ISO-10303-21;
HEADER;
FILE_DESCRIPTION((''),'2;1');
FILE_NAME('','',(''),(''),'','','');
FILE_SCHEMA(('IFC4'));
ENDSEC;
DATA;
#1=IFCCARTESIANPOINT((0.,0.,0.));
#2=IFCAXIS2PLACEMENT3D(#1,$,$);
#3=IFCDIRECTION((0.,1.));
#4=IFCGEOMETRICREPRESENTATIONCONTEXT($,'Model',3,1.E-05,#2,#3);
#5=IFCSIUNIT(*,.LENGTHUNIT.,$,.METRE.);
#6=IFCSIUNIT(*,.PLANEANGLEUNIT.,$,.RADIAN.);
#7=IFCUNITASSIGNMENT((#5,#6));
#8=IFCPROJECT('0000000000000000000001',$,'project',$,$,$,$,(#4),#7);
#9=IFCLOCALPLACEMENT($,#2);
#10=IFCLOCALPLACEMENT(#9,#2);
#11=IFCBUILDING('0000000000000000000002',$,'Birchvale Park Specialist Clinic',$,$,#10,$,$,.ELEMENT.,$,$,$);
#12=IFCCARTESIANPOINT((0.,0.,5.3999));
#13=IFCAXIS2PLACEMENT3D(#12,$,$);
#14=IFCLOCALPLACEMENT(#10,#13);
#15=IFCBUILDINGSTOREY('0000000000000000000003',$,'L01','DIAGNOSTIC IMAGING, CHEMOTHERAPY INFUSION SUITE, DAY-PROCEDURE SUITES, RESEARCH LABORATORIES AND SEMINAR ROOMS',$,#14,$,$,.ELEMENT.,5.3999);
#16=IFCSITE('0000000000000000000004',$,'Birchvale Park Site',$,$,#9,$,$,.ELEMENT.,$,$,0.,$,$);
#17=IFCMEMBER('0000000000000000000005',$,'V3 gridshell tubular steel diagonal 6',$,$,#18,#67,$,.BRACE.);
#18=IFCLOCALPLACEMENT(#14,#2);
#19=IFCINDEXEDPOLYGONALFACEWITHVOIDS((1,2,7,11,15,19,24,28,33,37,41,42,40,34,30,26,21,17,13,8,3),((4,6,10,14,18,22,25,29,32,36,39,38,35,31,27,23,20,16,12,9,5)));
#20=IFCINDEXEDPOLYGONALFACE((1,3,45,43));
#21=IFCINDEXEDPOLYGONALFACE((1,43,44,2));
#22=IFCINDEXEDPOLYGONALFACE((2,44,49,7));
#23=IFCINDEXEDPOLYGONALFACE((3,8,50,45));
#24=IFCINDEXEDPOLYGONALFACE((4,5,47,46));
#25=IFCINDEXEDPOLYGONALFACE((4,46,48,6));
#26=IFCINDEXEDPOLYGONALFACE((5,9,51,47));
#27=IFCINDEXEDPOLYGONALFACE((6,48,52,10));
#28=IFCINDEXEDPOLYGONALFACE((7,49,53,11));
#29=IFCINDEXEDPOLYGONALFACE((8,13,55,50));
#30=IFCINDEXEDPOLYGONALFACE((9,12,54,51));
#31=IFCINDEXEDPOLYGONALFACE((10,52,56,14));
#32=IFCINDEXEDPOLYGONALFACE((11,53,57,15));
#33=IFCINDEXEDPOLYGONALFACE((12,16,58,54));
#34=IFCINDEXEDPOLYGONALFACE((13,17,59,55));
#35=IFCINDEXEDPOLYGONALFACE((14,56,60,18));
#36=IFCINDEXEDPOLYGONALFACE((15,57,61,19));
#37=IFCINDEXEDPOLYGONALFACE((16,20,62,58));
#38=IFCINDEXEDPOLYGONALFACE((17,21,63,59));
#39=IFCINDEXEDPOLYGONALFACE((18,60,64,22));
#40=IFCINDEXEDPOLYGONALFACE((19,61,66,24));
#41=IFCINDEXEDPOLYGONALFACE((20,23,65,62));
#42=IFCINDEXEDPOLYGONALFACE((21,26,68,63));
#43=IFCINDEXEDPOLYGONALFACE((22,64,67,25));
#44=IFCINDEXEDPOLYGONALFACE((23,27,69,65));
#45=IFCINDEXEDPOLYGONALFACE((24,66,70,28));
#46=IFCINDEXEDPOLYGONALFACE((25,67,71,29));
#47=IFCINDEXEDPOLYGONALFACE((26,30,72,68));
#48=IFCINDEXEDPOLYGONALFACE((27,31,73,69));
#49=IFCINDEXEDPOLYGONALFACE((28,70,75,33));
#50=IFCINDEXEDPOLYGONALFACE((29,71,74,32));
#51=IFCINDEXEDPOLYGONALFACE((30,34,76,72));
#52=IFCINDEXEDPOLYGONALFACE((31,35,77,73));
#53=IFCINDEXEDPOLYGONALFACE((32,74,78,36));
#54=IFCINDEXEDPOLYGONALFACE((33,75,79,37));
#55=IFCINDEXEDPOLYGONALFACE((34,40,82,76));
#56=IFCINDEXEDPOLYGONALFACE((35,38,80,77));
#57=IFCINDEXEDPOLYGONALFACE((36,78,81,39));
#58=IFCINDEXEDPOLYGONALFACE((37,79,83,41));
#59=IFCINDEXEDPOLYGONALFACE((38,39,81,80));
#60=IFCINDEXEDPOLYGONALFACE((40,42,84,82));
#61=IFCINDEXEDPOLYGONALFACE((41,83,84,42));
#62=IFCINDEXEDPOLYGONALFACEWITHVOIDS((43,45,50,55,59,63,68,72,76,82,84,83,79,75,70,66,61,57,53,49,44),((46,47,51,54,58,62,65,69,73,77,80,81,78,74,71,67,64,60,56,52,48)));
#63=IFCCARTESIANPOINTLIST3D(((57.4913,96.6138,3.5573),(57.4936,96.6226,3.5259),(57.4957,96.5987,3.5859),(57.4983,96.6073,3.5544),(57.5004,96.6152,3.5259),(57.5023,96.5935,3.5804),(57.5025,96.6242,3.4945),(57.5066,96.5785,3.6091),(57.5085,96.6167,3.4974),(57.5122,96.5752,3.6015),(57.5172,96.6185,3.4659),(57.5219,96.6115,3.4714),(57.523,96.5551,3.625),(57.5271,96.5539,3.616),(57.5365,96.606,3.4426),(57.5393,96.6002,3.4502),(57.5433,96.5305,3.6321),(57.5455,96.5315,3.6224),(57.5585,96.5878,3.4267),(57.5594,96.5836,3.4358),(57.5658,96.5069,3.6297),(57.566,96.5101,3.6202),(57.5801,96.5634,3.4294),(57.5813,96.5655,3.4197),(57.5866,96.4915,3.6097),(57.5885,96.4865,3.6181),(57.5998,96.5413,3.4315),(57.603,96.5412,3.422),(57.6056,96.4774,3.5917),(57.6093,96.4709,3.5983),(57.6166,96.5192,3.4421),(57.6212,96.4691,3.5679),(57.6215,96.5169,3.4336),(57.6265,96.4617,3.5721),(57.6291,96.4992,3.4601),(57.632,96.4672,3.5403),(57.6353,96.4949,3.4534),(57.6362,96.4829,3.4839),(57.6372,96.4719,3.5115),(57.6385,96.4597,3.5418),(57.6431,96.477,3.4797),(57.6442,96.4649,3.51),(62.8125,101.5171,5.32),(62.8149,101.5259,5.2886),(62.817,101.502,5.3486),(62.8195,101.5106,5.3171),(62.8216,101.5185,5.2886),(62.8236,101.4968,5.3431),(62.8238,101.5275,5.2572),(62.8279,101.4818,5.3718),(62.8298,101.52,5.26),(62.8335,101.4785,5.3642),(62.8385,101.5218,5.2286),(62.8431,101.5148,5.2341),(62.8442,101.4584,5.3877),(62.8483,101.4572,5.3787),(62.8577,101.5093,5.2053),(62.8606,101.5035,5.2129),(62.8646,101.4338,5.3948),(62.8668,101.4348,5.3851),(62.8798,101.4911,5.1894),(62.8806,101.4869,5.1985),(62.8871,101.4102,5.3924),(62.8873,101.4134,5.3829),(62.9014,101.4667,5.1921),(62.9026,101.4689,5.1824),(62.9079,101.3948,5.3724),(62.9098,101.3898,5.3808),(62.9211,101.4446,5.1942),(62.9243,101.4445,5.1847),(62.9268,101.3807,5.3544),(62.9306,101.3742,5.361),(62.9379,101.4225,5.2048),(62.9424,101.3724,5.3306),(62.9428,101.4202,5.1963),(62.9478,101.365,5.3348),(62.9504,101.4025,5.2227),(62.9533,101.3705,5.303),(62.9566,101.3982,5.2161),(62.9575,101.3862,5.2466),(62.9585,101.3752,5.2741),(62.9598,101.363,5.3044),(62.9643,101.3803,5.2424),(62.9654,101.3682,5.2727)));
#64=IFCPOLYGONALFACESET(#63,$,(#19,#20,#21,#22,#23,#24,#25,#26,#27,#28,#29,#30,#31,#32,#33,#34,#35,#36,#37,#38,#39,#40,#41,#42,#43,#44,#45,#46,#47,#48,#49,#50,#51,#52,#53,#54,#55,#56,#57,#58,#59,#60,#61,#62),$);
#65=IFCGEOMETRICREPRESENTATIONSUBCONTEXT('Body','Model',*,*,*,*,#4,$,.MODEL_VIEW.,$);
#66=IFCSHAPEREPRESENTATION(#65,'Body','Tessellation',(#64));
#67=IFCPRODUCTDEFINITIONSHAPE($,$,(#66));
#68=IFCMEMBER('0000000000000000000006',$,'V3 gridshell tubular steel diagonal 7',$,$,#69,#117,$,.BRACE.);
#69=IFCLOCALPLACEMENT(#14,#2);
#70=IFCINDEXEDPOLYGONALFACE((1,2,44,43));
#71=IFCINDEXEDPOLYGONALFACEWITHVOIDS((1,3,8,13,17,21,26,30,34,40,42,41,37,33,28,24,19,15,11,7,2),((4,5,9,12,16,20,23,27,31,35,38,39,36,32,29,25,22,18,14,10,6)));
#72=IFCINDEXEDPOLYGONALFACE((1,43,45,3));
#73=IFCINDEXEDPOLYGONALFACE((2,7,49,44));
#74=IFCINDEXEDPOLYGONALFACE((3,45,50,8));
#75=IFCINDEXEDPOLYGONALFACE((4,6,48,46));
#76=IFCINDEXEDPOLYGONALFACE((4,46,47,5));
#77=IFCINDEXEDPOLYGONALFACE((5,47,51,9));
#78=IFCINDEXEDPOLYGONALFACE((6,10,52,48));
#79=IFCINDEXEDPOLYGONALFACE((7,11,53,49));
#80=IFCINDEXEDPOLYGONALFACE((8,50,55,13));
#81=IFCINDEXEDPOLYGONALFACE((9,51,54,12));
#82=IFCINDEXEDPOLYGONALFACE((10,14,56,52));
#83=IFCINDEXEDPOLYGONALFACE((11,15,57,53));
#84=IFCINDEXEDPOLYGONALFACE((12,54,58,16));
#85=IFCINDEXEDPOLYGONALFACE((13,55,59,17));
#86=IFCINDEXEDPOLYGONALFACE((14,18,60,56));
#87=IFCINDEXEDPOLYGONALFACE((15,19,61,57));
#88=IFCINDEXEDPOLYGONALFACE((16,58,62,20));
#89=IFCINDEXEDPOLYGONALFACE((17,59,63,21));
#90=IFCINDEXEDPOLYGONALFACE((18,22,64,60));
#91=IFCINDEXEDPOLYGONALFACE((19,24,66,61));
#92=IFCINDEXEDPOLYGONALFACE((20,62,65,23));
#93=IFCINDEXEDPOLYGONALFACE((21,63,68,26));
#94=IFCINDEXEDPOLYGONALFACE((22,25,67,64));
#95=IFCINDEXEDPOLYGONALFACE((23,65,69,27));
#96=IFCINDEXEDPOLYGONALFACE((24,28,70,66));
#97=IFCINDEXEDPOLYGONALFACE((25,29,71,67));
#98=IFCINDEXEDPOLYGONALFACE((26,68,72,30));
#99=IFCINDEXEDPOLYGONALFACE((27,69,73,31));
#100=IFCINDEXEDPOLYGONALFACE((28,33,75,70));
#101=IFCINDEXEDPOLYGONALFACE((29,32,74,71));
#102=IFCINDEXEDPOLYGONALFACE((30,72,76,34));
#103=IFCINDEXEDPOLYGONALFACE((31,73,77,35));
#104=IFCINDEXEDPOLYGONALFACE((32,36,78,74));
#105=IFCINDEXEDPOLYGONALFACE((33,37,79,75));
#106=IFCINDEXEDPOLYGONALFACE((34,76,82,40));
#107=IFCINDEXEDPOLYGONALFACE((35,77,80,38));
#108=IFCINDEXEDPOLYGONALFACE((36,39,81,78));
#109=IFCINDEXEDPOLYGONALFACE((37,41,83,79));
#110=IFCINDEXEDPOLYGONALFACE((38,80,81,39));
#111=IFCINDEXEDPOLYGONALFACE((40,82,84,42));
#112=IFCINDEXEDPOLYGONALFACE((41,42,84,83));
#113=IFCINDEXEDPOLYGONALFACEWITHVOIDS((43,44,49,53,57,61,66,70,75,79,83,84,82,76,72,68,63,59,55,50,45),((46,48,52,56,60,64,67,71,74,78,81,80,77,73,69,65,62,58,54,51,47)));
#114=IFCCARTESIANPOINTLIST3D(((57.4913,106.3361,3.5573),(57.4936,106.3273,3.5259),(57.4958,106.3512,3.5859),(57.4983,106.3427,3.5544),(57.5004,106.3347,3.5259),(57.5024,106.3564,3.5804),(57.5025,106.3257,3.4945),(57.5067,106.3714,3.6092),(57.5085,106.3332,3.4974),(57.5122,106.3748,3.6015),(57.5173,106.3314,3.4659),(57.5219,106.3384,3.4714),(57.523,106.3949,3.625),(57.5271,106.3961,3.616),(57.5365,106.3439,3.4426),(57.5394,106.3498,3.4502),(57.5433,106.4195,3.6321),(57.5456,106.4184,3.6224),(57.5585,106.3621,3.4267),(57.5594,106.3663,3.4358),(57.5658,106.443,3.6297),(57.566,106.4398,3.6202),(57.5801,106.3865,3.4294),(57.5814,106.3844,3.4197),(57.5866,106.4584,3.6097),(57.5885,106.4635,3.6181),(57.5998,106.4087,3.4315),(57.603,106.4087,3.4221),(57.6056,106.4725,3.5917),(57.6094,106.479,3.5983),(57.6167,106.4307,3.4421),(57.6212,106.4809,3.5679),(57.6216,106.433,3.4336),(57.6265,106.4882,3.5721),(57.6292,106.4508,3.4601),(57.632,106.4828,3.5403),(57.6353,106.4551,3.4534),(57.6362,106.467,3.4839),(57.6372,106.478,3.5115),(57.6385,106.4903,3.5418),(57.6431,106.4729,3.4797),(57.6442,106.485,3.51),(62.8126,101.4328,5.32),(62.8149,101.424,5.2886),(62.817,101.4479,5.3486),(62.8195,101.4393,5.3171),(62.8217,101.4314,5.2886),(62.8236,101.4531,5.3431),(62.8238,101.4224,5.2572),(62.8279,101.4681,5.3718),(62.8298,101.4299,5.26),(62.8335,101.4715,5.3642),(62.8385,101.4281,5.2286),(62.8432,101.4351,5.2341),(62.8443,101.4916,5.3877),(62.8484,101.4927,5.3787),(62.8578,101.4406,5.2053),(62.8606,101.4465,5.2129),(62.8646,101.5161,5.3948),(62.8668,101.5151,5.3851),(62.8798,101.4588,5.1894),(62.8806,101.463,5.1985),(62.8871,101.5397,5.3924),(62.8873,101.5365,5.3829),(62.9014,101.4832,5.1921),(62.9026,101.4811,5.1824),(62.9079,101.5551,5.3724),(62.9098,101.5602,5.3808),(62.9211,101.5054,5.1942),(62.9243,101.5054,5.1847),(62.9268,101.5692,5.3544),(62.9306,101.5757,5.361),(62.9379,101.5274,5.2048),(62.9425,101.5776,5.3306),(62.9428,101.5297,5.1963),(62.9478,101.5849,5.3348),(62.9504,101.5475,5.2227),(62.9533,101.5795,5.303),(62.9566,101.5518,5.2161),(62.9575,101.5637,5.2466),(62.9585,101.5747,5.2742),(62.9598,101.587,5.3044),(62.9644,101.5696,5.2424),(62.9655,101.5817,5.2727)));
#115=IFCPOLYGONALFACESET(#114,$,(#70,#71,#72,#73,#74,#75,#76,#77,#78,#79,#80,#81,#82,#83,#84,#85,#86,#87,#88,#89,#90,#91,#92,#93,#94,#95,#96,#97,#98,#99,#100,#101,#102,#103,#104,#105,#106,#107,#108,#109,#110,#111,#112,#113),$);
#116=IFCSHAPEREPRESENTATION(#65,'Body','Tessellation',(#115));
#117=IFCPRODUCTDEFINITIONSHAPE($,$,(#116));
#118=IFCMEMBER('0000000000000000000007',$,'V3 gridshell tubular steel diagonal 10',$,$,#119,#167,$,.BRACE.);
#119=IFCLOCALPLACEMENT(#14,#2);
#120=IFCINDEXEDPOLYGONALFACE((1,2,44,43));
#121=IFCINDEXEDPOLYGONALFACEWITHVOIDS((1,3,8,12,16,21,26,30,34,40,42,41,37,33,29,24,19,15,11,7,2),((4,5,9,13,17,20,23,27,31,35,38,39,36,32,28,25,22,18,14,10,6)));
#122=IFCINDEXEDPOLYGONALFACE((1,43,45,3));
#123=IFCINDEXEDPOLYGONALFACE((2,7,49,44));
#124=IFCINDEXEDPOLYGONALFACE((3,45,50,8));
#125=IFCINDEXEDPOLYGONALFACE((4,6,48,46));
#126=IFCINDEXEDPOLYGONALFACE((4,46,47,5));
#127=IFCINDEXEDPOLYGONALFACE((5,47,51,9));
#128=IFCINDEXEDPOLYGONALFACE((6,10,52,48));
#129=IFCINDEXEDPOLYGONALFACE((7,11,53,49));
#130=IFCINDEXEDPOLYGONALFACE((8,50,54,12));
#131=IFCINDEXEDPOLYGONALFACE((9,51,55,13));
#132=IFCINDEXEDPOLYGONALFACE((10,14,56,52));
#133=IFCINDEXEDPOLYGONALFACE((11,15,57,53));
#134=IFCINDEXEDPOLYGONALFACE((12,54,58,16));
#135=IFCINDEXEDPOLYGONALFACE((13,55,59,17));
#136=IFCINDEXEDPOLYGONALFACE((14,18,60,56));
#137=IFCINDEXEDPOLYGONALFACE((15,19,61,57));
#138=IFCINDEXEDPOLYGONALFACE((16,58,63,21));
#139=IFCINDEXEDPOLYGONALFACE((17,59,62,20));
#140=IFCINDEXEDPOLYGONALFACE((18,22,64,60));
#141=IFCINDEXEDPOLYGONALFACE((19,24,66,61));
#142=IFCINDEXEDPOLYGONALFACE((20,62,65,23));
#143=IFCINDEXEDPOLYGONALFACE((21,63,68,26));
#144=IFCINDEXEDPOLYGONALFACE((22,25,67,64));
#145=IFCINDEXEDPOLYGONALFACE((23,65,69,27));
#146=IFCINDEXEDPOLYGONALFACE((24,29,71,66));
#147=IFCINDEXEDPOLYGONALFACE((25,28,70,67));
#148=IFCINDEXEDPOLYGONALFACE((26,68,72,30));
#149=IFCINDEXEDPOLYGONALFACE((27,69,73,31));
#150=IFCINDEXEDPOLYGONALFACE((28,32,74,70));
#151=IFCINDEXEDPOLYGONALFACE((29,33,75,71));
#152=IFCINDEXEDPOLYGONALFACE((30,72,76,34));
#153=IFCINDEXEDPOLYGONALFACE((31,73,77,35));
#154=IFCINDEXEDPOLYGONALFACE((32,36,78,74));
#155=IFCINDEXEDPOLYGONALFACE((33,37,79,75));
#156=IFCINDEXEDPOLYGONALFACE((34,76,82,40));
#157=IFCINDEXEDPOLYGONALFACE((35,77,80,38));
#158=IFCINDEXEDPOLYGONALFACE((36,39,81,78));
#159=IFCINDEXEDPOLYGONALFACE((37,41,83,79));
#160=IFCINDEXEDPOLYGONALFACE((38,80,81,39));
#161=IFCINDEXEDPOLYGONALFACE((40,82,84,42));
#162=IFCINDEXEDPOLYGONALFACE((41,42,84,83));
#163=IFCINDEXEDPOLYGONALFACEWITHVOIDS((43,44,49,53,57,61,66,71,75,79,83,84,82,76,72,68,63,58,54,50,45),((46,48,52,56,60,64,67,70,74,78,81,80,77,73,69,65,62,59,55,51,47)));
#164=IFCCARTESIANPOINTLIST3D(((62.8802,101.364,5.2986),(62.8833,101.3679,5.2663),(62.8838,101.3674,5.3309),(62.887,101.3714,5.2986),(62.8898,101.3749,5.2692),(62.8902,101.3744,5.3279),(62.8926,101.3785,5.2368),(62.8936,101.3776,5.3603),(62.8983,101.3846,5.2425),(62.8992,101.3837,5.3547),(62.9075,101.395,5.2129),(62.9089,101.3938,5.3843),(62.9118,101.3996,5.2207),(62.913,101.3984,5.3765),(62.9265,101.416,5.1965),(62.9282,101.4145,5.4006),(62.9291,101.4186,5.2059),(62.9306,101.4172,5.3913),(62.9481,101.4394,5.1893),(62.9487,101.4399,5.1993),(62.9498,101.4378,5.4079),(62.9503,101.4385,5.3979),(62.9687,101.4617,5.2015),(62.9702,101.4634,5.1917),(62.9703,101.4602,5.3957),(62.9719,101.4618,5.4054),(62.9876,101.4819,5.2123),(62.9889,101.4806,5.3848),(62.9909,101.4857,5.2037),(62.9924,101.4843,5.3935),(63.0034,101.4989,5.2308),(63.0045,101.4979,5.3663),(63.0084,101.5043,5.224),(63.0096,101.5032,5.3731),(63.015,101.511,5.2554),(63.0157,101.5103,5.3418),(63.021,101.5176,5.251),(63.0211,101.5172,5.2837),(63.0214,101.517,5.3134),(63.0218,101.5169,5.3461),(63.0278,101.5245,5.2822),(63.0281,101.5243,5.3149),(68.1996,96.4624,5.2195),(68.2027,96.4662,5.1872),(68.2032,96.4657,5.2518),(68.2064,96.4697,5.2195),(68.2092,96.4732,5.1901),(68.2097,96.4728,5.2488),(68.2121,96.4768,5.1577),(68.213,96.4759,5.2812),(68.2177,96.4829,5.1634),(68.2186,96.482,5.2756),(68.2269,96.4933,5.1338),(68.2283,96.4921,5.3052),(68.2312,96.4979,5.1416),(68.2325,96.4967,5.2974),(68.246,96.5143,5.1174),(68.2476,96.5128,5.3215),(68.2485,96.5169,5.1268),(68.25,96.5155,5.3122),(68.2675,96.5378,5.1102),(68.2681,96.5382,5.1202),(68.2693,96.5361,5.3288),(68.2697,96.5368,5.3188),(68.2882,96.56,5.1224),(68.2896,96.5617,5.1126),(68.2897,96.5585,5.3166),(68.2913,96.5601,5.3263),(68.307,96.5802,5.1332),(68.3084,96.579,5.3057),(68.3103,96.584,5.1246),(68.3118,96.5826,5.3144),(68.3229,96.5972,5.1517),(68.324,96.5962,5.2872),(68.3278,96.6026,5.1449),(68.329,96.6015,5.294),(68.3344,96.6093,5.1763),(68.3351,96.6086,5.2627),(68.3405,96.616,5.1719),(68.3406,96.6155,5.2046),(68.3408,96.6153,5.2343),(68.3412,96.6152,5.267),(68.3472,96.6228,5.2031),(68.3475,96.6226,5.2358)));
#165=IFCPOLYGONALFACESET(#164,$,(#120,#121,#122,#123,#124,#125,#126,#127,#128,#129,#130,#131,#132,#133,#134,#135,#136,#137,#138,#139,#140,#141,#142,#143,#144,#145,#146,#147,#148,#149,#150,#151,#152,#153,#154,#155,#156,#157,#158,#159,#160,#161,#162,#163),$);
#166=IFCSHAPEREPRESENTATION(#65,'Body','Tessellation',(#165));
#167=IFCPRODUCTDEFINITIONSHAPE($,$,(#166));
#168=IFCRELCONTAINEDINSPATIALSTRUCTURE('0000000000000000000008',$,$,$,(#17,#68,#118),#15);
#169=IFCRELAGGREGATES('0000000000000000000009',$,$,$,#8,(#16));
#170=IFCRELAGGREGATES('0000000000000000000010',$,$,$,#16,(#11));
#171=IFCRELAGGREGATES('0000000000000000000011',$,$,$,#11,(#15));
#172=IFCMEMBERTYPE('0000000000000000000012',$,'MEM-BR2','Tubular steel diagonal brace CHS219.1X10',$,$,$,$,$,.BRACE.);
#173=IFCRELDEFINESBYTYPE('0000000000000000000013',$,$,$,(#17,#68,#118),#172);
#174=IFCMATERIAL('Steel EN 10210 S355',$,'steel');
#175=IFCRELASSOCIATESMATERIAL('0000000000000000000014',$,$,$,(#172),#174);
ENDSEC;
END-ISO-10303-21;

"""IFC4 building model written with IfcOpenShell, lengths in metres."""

from ifc_helpers import new_model, si_unit, direction, frame, origin, origin_2d, place, context, subcontext, project, spatial, hollow_circle, extrude, material, material_profile, profile_set, type_object, element, save


model = new_model("IFC4")

# Units and contexts
model_context = context("Model", 3, precision=1e-05, world=origin(), true_north=direction((0.0, 1.0)))
body_context = subcontext(model_context, "Body", "Model", "MODEL_VIEW")
ifc_project = project(units=[si_unit("LENGTHUNIT", "METRE"), si_unit("PLANEANGLEUNIT", "RADIAN")], contexts=[model_context])

# Site, building, storey
site_placement = place(None, origin())
site = spatial("IfcSite", under=ifc_project, at=site_placement, Name="Birchvale Park Site", CompositionType="ELEMENT", RefElevation=0.0)
building_placement = place(site_placement, origin())
building = spatial("IfcBuilding", under=site, at=building_placement, Name="Birchvale Park Specialist Clinic", CompositionType="ELEMENT")
storey_placement = place(building_placement, frame((0.0, 0.0, 5.3999)))
storey = spatial("IfcBuildingStorey", under=building, at=storey_placement, Name="L01", Description="DIAGNOSTIC IMAGING, CHEMOTHERAPY INFUSION SUITE, DAY-PROCEDURE SUITES, RESEARCH LABORATORIES AND SEMINAR ROOMS", CompositionType="ELEMENT", Elevation=5.3999)

# Members
ifc_material_1 = material(Name="Steel EN 10210 S355", Category="steel")
ifc_material_profile_1 = material_profile(ifc_material_1, hollow_circle(Radius=0.1096, WallThickness=0.01, at=origin_2d()), Name="CHS219.1X10")
ifc_profile_set_1 = profile_set([ifc_material_profile_1], Name="Steel EN 10210 S355")
member_type_1 = type_object("IfcMemberType", Name="MEM-BR2", Description="Tubular steel diagonal brace CHS219.1X10", PredefinedType="BRACE", material=ifc_profile_set_1)
for number, where, z_axis, x_axis, name in (
    (1, (57.5679, 96.542, 3.5259), (0.714503, 0.658382, 0.236682), (-0.677635, 0.735398, 0.0), "V3 gridshell tubular steel diagonal 6"),
    (2, (62.8892, 101.5046, 5.2886), (-0.714503, 0.658382, -0.236682), (-0.677635, -0.735398, 0.0), "V3 gridshell tubular steel diagonal 7"),
):
    element("IfcMember", number, at=place(storey_placement, frame(where, z_axis=z_axis, x_axis=x_axis)), inside=storey, type_object=member_type_1, Name=name, PredefinedType="BRACE", context=body_context, shape_type="SweptSolid", body=[
        extrude(hollow_circle(Radius=0.1096, WallThickness=0.01, at=origin_2d()), origin(), (0.0, 0.0, 1.0), 7.4475),
    ])
member_1_placement = place(storey_placement, frame((68.2739, 96.543, 5.2195), z_axis=(-0.735348, 0.677601, 0.010935), x_axis=(-0.677642, -0.735392, 0.0)))
element("IfcMember", 3, at=member_1_placement, inside=storey, type_object=member_type_1, Name="V3 gridshell tubular steel diagonal 10", PredefinedType="BRACE", context=body_context, shape_type="SweptSolid", body=[
    extrude(hollow_circle(Radius=0.1096, WallThickness=0.01, at=origin_2d()), origin(), (0.0, 0.0, 1.0), 7.2339),
])

save(model, "model.ifc")
